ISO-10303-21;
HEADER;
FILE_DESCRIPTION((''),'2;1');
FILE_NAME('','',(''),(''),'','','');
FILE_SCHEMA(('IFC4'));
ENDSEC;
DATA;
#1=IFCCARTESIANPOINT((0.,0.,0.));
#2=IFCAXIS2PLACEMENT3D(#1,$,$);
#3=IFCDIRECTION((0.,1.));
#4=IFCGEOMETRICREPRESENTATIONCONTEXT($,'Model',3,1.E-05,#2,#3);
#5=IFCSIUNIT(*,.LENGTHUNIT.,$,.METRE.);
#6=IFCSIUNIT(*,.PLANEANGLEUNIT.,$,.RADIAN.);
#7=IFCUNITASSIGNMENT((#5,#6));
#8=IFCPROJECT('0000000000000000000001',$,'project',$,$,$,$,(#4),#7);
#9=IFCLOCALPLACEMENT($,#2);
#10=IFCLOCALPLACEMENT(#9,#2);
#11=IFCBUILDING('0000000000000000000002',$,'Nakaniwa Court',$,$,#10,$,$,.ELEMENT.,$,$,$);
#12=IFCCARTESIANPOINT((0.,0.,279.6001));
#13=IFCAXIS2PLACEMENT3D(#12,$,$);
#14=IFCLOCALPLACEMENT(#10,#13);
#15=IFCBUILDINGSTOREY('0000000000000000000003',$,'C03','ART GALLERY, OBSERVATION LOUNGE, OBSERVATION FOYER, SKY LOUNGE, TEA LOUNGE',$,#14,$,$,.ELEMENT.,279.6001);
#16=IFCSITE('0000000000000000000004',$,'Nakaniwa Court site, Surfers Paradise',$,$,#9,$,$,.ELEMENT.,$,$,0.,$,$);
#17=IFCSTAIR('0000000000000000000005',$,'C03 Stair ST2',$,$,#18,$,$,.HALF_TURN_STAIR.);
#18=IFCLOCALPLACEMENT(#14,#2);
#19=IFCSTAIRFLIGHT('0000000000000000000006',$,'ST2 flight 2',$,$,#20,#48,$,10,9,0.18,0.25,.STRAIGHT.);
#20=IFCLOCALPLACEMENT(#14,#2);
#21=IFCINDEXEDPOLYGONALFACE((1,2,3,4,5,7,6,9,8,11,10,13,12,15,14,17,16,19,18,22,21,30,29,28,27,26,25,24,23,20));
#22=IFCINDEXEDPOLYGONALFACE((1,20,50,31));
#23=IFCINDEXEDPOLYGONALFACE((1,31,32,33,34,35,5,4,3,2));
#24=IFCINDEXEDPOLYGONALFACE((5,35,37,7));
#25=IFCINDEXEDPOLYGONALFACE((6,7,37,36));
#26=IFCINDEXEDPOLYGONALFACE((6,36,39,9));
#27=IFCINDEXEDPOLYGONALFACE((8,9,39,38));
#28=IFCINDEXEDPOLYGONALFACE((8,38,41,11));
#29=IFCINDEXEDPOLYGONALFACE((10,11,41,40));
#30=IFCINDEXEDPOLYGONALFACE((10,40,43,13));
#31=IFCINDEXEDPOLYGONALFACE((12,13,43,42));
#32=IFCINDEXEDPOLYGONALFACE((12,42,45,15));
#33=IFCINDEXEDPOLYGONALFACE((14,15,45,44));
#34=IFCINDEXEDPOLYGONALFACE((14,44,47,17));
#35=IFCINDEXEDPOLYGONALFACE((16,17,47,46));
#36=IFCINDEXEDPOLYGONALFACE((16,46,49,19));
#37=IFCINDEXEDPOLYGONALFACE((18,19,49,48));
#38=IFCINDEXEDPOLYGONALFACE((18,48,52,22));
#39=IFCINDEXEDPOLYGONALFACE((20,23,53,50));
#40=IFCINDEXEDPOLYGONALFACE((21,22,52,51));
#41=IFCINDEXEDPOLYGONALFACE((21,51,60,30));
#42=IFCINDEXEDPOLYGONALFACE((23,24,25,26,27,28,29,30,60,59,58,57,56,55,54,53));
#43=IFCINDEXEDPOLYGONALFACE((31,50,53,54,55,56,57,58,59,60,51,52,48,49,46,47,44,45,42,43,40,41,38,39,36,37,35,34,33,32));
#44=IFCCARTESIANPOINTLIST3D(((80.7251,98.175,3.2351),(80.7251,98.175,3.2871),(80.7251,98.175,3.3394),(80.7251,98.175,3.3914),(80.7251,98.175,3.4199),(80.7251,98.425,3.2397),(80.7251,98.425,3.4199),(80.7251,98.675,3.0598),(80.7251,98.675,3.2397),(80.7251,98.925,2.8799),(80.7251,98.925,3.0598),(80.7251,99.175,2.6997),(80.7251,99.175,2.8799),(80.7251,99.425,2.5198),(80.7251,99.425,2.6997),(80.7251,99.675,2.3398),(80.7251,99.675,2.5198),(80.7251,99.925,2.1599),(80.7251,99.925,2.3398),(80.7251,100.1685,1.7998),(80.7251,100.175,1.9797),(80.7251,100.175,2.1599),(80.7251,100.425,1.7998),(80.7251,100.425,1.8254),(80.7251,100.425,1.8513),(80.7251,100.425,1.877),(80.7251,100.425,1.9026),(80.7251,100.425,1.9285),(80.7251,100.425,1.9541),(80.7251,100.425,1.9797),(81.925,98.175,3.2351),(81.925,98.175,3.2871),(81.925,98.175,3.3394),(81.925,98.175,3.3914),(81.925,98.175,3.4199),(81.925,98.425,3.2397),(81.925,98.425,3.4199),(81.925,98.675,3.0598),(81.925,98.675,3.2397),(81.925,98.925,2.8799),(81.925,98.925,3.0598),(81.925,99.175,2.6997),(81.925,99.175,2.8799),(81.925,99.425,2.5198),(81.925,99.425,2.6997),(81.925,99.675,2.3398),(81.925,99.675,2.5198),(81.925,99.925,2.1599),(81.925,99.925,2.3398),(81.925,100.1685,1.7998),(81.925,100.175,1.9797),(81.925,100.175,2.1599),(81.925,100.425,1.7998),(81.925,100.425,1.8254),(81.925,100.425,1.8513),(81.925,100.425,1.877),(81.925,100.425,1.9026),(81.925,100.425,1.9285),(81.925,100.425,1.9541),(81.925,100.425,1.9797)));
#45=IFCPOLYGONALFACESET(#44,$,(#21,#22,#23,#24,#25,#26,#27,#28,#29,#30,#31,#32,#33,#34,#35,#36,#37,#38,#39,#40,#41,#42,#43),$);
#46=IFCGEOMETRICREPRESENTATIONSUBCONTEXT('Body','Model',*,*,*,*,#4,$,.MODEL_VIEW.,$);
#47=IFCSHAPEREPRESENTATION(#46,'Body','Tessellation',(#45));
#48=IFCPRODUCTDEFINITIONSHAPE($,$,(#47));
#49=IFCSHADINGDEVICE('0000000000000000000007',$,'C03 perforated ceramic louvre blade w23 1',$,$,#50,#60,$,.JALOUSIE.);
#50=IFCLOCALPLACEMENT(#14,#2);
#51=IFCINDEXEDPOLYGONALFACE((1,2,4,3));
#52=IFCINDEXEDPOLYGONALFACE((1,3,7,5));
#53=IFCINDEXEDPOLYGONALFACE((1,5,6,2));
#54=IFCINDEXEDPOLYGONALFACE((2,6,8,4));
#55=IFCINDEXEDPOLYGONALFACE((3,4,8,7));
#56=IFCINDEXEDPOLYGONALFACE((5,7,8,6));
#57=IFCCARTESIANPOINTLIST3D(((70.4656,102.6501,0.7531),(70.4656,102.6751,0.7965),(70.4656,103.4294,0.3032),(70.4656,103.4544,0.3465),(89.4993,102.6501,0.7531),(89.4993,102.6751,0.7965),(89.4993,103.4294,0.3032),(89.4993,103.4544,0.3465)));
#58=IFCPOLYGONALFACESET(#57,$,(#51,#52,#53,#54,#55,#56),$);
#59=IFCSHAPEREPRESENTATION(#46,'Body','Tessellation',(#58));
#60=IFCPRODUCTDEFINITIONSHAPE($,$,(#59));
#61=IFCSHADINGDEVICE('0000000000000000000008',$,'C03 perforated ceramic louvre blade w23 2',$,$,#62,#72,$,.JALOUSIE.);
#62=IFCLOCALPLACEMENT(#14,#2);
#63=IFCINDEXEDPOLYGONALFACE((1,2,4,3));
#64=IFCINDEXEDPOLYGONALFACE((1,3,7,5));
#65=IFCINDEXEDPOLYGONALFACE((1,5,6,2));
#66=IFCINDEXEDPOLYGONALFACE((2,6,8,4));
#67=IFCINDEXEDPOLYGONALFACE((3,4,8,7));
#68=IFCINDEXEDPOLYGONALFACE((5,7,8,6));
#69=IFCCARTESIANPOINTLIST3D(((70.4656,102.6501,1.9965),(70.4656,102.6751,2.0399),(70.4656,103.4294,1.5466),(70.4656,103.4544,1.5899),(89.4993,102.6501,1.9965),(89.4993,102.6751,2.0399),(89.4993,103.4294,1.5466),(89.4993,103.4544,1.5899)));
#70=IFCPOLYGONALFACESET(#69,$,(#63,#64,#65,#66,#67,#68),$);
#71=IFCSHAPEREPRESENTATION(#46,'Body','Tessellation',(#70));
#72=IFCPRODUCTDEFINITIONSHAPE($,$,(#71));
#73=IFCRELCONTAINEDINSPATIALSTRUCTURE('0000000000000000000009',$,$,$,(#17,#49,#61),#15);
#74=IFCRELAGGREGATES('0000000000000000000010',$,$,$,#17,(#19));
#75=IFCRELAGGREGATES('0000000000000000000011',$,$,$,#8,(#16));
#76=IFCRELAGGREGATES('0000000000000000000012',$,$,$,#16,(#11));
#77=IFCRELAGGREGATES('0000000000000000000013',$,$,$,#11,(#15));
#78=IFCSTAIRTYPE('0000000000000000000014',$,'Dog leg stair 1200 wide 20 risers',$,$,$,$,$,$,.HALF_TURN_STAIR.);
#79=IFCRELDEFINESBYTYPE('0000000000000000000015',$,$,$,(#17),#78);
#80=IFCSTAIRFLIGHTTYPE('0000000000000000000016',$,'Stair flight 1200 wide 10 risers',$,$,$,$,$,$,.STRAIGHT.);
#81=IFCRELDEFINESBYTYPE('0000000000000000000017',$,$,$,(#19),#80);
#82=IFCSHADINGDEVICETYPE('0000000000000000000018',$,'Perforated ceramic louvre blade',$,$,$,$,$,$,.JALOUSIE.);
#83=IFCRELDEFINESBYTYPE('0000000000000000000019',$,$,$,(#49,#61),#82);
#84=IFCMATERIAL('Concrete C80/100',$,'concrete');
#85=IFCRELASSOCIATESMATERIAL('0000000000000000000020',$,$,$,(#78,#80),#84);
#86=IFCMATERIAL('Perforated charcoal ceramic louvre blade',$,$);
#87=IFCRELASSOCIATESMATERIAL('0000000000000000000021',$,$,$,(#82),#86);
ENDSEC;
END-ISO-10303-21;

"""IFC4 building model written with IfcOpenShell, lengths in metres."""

from ifc_helpers import new_model, si_unit, direction, frame, origin, origin_2d, place, context, subcontext, project, spatial, polyline, rectangle, outline, extrude, material, material_profile, profile_set, type_object, element, aggregate, save


model = new_model("IFC4")

# Units and contexts
model_context = context("Model", 3, precision=1e-05, world=origin(), true_north=direction((0.0, 1.0)))
body_context = subcontext(model_context, "Body", "Model", "MODEL_VIEW")
ifc_project = project(units=[si_unit("LENGTHUNIT", "METRE"), si_unit("PLANEANGLEUNIT", "RADIAN")], contexts=[model_context])

# Site, building, storey
site_placement = place(None, origin())
site = spatial("IfcSite", under=ifc_project, at=site_placement, Name="Nakaniwa Court site, Surfers Paradise", CompositionType="ELEMENT", RefElevation=0.0)
building_placement = place(site_placement, origin())
building = spatial("IfcBuilding", under=site, at=building_placement, Name="Nakaniwa Court", CompositionType="ELEMENT")
storey_placement = place(building_placement, frame((0.0, 0.0, 279.6001)))
storey = spatial("IfcBuildingStorey", under=building, at=storey_placement, Name="C03", Description="ART GALLERY, OBSERVATION LOUNGE, OBSERVATION FOYER, SKY LOUNGE, TEA LOUNGE", CompositionType="ELEMENT", Elevation=279.6001)

# Shared definitions
ifc_material_1 = material(Name="Concrete C80/100", Category="concrete")

# Stair, stair flight
stair_type = type_object("IfcStairType", Name="Dog leg stair 1200 wide 20 risers", PredefinedType="HALF_TURN_STAIR", material=ifc_material_1)
stair_placement = place(storey_placement, origin())
stair = element("IfcStair", 1, at=stair_placement, inside=storey, type_object=stair_type, Name="C03 Stair ST2", PredefinedType="HALF_TURN_STAIR")
stair_flight_type = type_object("IfcStairFlightType", Name="Stair flight 1200 wide 10 risers", PredefinedType="STRAIGHT", material=ifc_material_1)
stair_flight_1_placement = place(storey_placement, frame((81.325, 100.425, 1.7998), z_axis=(0.0, 0.0, 1.0), x_axis=(0.0, -1.0, 0.0)))
stair_flight_1 = element("IfcStairFlight", 2, at=stair_flight_1_placement, type_object=stair_flight_type, Name="ST2 flight 2", NumberOfRisers=10, NumberOfTreads=9, PredefinedType="STRAIGHT", RiserHeight=0.18, TreadLength=0.25, context=body_context, shape_type="SweptSolid", body=[
    extrude(outline(polyline([(0.0, 0.0), (0.0, 0.0256), (0.0, 0.0515), (0.0, 0.0771), (0.0, 0.1028), (0.0, 0.1287), (0.0, 0.1543), (0.0, 0.1799), (0.25, 0.1799), (0.25, 0.3601), (0.5, 0.3601), (0.5, 0.54), (0.75, 0.54), (0.75, 0.72), (1.0, 0.72), (1.0, 0.8999), (1.25, 0.8999), (1.25, 1.0801), (1.5, 1.0801), (1.5, 1.26), (1.75, 1.26), (1.75, 1.4399), (2.0, 1.4399), (2.0, 1.6201), (2.25, 1.6201), (2.25, 1.8), (2.25, 1.7478), (2.25, 1.6958), (2.25, 1.6438), (2.25, 1.5916), (2.25, 1.5396), (2.25, 1.4873), (2.25, 1.4353), (0.2566, 0.0), (0.0, 0.0)])), frame((0.0, 0.6001, 0.0), z_axis=(0.0, -1.0, 0.0), x_axis=(1.0, 0.0, 0.0)), (0.0, 0.0, 1.0), 1.2),
])
aggregate(stair, [stair_flight_1])

# Shading devices
ifc_material_2 = material(Name="Perforated charcoal ceramic louvre blade")
ifc_material_profile_1 = material_profile(ifc_material_2, rectangle(XDim=0.8999, YDim=0.05, at=origin_2d()), Name="Perforated ceramic louvre blade")
ifc_profile_set_1 = profile_set([ifc_material_profile_1], Name="Perforated charcoal ceramic louvre blade")
shading_device_type = type_object("IfcShadingDeviceType", Name="Perforated ceramic louvre blade", PredefinedType="JALOUSIE", material=ifc_profile_set_1)
for number, where, z_axis, x_axis, name in (
    (3, (89.4993, 103.0522, 0.5498), (-1.0, 0.0, 0.0), (0.0, -0.866025, 0.5), "C03 perforated ceramic louvre blade w23 1"),
    (4, (89.4993, 103.0522, 1.7932), (-1.0, 0.0, 0.0), (0.0, -0.866025, 0.5), "C03 perforated ceramic louvre blade w23 2"),
):
    element("IfcShadingDevice", number, at=place(storey_placement, frame(where, z_axis=z_axis, x_axis=x_axis)), inside=storey, type_object=shading_device_type, Name=name, PredefinedType="JALOUSIE", context=body_context, shape_type="SweptSolid", body=[
        extrude(rectangle(XDim=0.8999, YDim=0.05, at=origin_2d()), origin(), (0.0, 0.0, 1.0), 19.0337),
    ])

save(model, "model.ifc")
